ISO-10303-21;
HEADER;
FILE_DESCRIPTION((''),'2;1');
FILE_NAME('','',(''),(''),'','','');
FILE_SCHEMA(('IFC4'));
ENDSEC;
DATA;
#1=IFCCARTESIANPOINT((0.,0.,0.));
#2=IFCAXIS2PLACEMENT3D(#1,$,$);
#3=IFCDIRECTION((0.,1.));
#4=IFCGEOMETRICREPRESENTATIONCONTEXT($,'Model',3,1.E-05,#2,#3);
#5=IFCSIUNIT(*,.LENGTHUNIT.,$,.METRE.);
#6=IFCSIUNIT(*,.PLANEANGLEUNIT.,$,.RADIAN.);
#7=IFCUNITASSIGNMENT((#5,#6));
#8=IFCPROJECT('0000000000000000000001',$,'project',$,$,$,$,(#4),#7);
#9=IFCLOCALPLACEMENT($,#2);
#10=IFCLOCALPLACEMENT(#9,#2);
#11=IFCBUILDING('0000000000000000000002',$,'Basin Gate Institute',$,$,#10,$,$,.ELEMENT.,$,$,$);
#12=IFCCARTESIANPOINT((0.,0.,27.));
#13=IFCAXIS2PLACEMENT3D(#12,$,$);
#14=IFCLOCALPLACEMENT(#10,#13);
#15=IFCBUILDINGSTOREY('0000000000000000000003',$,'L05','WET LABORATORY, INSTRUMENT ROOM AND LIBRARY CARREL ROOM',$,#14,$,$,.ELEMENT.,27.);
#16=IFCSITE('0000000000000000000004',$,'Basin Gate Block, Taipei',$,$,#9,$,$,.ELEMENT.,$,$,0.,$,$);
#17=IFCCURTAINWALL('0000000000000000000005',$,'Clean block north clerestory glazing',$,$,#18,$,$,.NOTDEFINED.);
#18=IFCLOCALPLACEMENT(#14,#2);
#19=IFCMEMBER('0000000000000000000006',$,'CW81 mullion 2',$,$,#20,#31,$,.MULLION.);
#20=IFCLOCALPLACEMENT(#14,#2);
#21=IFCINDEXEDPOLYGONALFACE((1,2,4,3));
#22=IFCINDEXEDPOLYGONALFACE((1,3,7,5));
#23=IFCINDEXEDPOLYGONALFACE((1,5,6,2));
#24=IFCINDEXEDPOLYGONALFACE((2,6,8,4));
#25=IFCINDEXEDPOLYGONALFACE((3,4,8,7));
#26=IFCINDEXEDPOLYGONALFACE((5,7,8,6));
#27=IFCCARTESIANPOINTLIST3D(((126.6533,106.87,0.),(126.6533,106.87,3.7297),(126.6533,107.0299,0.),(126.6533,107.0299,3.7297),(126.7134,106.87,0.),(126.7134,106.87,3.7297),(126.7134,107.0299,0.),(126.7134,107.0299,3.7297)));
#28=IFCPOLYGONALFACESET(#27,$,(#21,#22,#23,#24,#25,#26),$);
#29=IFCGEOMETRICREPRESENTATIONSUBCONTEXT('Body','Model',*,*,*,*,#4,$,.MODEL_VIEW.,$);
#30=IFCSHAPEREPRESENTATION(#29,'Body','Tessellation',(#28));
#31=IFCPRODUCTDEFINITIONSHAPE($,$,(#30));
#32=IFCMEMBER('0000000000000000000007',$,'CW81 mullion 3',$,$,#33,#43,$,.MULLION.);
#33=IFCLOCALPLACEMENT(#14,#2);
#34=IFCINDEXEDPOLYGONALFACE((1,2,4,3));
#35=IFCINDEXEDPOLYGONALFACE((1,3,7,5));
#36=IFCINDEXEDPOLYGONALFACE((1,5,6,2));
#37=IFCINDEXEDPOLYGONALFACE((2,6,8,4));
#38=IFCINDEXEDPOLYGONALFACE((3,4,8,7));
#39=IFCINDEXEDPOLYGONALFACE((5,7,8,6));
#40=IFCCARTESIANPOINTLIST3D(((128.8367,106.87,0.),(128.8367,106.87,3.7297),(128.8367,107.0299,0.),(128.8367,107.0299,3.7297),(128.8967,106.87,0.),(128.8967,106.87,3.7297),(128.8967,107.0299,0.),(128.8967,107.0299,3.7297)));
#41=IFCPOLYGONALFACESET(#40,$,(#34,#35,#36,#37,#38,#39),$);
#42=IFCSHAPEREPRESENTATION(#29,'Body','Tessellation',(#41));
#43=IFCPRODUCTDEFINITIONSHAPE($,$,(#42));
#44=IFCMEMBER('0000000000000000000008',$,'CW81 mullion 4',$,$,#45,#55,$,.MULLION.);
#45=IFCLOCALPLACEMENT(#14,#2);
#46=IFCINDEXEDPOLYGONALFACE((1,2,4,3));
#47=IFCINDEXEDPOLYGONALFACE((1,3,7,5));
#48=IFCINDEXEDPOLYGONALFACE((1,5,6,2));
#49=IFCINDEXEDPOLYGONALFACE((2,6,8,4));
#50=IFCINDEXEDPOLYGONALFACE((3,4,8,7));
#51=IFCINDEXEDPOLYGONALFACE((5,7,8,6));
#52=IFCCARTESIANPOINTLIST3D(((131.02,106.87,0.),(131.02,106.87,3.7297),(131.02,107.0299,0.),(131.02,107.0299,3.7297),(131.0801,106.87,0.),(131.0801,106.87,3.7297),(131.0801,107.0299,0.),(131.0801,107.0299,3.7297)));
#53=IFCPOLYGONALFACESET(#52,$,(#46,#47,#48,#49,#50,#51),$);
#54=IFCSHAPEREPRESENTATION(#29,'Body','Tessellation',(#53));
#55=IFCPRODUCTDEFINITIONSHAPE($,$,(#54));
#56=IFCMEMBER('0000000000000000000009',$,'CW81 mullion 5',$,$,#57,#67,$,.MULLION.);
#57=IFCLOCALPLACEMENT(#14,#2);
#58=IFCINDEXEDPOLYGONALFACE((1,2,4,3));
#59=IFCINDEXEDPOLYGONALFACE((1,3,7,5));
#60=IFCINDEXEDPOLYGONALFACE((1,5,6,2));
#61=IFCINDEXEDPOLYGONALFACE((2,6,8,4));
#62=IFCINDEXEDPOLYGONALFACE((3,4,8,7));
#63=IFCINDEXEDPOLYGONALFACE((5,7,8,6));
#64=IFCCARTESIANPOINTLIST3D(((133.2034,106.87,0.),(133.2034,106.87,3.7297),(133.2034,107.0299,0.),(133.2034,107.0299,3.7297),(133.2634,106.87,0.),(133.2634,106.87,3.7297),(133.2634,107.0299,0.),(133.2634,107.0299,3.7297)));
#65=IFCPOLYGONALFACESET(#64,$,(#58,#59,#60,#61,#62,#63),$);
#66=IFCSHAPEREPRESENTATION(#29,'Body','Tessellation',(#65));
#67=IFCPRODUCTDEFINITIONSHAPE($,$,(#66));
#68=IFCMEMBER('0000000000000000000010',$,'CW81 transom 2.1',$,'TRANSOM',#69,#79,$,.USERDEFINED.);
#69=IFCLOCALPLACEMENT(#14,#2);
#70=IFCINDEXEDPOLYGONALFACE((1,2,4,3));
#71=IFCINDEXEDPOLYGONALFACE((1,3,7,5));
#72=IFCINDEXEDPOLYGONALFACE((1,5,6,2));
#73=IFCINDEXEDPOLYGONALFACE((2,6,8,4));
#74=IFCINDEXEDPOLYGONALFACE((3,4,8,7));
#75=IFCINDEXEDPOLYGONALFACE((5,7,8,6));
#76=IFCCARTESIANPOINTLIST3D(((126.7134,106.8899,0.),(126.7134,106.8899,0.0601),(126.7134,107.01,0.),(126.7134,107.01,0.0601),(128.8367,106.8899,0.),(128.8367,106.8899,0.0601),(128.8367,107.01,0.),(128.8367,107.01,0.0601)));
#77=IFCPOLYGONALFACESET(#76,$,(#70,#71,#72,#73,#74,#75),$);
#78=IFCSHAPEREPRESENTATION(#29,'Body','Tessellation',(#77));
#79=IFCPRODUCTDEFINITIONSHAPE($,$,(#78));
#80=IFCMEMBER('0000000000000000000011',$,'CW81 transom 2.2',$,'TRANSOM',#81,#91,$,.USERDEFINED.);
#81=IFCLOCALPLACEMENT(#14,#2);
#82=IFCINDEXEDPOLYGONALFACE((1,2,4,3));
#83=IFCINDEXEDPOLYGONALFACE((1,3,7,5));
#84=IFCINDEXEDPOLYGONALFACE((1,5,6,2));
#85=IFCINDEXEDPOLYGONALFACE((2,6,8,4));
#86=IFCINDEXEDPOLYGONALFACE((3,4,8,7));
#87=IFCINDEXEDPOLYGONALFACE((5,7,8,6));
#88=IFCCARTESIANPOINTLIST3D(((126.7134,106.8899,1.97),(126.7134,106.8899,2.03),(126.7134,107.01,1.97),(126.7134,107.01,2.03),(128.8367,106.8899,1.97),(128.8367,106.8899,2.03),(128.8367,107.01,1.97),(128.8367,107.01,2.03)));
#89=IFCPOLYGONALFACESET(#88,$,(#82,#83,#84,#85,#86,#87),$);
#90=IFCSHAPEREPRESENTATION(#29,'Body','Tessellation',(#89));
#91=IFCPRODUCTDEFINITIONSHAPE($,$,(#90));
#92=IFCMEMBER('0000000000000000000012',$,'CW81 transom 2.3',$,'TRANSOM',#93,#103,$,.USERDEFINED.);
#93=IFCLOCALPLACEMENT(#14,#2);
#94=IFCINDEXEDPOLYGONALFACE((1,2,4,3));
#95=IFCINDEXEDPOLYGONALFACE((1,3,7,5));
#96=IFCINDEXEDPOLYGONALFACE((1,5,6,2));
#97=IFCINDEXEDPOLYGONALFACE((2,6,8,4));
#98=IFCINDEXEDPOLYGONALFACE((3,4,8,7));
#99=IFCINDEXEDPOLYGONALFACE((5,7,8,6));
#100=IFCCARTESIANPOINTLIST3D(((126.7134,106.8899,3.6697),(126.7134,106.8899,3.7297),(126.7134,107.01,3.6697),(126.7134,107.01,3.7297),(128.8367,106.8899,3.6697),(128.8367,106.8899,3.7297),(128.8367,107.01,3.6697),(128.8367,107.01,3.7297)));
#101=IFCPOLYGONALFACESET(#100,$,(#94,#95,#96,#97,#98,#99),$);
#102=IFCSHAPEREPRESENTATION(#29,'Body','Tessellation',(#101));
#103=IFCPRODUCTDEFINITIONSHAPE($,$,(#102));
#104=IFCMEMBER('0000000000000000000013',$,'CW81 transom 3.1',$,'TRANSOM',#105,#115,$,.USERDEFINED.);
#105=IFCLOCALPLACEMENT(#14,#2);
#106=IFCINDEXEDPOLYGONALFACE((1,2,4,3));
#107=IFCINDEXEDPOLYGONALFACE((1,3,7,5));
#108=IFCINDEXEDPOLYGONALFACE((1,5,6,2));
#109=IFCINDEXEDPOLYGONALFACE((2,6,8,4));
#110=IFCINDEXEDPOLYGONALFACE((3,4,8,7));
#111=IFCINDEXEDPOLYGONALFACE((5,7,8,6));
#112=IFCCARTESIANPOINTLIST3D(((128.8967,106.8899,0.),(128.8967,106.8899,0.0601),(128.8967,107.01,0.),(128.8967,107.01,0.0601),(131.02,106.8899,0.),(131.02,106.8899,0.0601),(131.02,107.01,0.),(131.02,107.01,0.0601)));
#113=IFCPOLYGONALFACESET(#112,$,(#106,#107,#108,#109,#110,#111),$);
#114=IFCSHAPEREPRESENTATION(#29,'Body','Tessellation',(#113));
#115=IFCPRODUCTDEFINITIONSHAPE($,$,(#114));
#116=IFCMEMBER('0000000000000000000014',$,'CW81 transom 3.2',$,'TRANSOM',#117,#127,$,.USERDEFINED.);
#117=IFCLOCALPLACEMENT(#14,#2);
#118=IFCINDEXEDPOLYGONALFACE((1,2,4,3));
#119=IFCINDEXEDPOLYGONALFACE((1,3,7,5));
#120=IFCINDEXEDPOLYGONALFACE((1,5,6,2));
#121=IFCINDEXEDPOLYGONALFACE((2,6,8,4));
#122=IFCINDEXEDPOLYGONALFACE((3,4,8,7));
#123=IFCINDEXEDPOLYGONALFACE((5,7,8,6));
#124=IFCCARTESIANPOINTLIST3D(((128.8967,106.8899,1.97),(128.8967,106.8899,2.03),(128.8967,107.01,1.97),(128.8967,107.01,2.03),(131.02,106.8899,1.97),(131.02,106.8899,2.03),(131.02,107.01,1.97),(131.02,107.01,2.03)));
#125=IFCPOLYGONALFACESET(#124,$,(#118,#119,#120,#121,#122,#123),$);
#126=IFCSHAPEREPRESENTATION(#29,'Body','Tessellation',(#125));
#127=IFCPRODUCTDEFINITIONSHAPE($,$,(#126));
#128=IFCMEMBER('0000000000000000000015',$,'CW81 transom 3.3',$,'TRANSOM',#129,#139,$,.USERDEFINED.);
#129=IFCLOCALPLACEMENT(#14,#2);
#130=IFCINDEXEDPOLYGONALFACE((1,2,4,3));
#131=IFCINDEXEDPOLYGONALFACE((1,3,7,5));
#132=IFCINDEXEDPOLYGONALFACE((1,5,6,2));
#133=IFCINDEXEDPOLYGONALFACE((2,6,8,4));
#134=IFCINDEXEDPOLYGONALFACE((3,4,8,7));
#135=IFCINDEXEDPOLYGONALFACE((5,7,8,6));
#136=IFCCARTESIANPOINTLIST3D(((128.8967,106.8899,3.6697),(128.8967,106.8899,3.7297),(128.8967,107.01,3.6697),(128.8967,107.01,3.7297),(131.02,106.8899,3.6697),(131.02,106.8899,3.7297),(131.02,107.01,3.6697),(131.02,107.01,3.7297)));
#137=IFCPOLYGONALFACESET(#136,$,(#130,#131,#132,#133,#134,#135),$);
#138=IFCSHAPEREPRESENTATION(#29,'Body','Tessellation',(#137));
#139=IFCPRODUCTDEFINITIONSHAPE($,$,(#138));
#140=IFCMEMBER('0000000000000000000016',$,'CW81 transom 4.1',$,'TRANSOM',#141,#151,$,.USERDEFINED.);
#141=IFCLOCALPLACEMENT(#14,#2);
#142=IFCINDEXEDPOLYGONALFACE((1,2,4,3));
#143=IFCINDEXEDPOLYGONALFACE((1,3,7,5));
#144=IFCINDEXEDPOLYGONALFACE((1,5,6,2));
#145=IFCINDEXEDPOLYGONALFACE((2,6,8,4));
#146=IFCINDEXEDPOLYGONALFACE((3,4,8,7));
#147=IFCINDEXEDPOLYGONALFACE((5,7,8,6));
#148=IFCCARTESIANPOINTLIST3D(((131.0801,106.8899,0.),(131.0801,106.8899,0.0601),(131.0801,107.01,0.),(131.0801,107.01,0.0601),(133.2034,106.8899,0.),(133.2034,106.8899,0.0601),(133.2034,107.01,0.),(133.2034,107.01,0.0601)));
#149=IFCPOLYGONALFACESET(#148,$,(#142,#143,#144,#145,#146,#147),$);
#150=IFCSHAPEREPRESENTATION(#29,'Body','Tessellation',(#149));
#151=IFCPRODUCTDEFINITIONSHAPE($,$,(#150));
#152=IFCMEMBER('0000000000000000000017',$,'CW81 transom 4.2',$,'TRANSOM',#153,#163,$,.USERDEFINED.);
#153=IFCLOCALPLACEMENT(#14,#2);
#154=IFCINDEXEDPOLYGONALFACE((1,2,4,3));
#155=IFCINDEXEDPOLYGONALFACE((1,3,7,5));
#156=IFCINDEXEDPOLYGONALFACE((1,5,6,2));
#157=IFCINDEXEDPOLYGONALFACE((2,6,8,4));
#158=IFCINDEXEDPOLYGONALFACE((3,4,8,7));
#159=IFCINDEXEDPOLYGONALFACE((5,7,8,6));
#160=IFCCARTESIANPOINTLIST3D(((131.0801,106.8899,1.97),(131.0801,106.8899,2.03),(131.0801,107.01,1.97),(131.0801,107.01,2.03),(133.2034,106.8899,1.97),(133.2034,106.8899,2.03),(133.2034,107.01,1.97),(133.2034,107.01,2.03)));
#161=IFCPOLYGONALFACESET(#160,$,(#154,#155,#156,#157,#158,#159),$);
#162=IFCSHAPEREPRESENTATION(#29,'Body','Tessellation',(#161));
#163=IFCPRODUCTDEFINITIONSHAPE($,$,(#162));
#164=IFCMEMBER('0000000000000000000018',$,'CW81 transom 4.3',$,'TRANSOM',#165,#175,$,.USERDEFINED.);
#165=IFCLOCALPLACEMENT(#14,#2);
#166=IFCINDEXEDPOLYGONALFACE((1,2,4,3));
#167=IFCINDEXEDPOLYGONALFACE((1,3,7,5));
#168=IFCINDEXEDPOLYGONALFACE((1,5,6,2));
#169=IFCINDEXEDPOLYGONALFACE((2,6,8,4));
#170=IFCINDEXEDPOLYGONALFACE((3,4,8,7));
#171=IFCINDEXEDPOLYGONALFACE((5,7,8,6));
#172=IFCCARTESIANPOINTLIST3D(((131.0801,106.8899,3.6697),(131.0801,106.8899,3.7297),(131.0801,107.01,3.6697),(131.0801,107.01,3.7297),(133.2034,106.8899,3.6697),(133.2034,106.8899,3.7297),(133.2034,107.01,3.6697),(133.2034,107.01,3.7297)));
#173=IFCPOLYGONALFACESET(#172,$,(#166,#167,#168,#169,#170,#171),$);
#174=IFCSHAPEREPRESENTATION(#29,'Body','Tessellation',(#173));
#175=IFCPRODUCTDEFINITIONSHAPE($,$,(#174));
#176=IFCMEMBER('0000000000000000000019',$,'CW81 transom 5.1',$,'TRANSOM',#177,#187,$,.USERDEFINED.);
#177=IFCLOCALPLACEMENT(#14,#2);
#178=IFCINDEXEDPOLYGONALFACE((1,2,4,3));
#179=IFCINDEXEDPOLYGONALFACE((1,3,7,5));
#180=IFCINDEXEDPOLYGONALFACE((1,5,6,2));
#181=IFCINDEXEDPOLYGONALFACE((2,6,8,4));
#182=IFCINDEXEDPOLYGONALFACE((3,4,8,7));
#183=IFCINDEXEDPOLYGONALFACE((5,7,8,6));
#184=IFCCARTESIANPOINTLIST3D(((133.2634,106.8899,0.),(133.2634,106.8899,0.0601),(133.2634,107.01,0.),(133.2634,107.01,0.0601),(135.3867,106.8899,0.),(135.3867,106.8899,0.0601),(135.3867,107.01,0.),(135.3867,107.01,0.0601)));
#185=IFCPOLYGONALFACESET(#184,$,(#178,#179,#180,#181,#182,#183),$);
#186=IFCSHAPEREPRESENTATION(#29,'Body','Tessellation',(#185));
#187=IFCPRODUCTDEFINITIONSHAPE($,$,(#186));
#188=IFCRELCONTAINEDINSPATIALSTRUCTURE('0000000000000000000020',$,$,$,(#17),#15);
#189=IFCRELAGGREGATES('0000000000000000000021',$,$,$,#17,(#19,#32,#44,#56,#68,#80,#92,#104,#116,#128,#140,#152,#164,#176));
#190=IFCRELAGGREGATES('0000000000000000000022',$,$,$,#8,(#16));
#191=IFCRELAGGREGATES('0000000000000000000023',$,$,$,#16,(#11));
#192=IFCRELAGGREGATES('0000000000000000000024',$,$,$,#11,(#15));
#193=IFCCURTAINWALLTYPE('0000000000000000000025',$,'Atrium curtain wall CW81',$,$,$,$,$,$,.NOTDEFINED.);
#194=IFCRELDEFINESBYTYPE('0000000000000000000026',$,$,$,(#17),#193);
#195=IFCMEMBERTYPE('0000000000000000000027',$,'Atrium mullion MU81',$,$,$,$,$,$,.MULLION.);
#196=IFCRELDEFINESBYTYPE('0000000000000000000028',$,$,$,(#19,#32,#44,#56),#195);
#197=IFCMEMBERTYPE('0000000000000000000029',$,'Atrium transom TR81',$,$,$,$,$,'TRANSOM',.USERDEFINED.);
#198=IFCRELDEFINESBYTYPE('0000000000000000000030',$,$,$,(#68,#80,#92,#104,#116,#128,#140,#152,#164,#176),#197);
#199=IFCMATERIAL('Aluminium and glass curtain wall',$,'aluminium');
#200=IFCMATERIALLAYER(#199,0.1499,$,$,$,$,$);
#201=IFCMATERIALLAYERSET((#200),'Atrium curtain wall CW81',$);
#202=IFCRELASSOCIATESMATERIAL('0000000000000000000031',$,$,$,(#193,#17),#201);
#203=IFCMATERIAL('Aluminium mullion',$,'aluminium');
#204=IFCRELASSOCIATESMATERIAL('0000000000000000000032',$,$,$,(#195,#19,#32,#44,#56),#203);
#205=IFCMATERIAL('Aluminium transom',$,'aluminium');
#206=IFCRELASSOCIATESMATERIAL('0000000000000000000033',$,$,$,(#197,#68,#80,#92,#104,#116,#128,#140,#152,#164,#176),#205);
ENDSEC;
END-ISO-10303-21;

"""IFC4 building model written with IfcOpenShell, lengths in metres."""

from ifc_helpers import new_model, si_unit, direction, frame, origin, origin_2d, place, context, subcontext, project, spatial, rectangle, extrude, material, layer, layer_set, material_profile, profile_set, type_object, element, aggregate, save


model = new_model("IFC4")

# Units and contexts
model_context = context("Model", 3, precision=1e-05, world=origin(), true_north=direction((0.0, 1.0)))
body_context = subcontext(model_context, "Body", "Model", "MODEL_VIEW")
ifc_project = project(units=[si_unit("LENGTHUNIT", "METRE"), si_unit("PLANEANGLEUNIT", "RADIAN")], contexts=[model_context])

# Site, building, storey
site_placement = place(None, origin())
site = spatial("IfcSite", under=ifc_project, at=site_placement, Name="Basin Gate Block, Taipei", CompositionType="ELEMENT", RefElevation=0.0)
building_placement = place(site_placement, origin())
building = spatial("IfcBuilding", under=site, at=building_placement, Name="Basin Gate Institute", CompositionType="ELEMENT")
storey_placement = place(building_placement, frame((0.0, 0.0, 27.0)))
storey = spatial("IfcBuildingStorey", under=building, at=storey_placement, Name="L05", Description="WET LABORATORY, INSTRUMENT ROOM AND LIBRARY CARREL ROOM", CompositionType="ELEMENT", Elevation=27.0)

# Curtain wall, members
ifc_material_1 = material(Name="Aluminium and glass curtain wall", Category="aluminium")
ifc_layer_1 = layer(ifc_material_1, 0.1499)
ifc_layer_set_1 = layer_set([ifc_layer_1], Name="Atrium curtain wall CW81")
curtain_wall_type = type_object("IfcCurtainWallType", Name="Atrium curtain wall CW81", PredefinedType="NOTDEFINED", material=ifc_layer_set_1)
curtain_wall_placement = place(storey_placement, origin())
curtain_wall = element("IfcCurtainWall", 1, at=curtain_wall_placement, inside=storey, type_object=curtain_wall_type, material=ifc_layer_set_1, Name="Clean block north clerestory glazing", PredefinedType="NOTDEFINED")
ifc_material_2 = material(Name="Aluminium mullion", Category="aluminium")
ifc_material_profile_1 = material_profile(ifc_material_2, rectangle(XDim=0.1599, YDim=0.0601, at=origin_2d()), Name="Atrium mullion MU81 160 x 60")
ifc_profile_set_1 = profile_set([ifc_material_profile_1], Name="Aluminium mullion")
member_type_1 = type_object("IfcMemberType", Name="Atrium mullion MU81", PredefinedType="MULLION", material=ifc_profile_set_1)
member_1_placement = place(storey_placement, frame((126.6833, 106.95, 0.0), z_axis=(0.0, 0.0, 1.0), x_axis=(0.0, 1.0, 0.0)))
member_1 = element("IfcMember", 2, at=member_1_placement, type_object=member_type_1, material=ifc_profile_set_1, Name="CW81 mullion 2", PredefinedType="MULLION", context=body_context, shape_type="SweptSolid", body=[
    extrude(rectangle(XDim=0.1599, YDim=0.0601, at=origin_2d()), origin(), (0.0, 0.0, 1.0), 3.7297),
])
member_2_placement = place(storey_placement, frame((128.8667, 106.95, 0.0), z_axis=(0.0, 0.0, 1.0), x_axis=(0.0, 1.0, 0.0)))
member_2 = element("IfcMember", 3, at=member_2_placement, type_object=member_type_1, material=ifc_profile_set_1, Name="CW81 mullion 3", PredefinedType="MULLION", context=body_context, shape_type="SweptSolid", body=[
    extrude(rectangle(XDim=0.1599, YDim=0.0601, at=origin_2d()), origin(), (0.0, 0.0, 1.0), 3.7297),
])
member_3_placement = place(storey_placement, frame((131.05, 106.95, 0.0), z_axis=(0.0, 0.0, 1.0), x_axis=(0.0, 1.0, 0.0)))
member_3 = element("IfcMember", 4, at=member_3_placement, type_object=member_type_1, material=ifc_profile_set_1, Name="CW81 mullion 4", PredefinedType="MULLION", context=body_context, shape_type="SweptSolid", body=[
    extrude(rectangle(XDim=0.1599, YDim=0.0601, at=origin_2d()), origin(), (0.0, 0.0, 1.0), 3.7297),
])
member_4_placement = place(storey_placement, frame((133.2334, 106.95, 0.0), z_axis=(0.0, 0.0, 1.0), x_axis=(0.0, 1.0, 0.0)))
member_4 = element("IfcMember", 5, at=member_4_placement, type_object=member_type_1, material=ifc_profile_set_1, Name="CW81 mullion 5", PredefinedType="MULLION", context=body_context, shape_type="SweptSolid", body=[
    extrude(rectangle(XDim=0.1599, YDim=0.0601, at=origin_2d()), origin(), (0.0, 0.0, 1.0), 3.7297),
])
ifc_material_3 = material(Name="Aluminium transom", Category="aluminium")
ifc_material_profile_2 = material_profile(ifc_material_3, rectangle(XDim=0.1201, YDim=0.0601, at=origin_2d()), Name="Atrium transom TR81 120 x 60")
ifc_profile_set_2 = profile_set([ifc_material_profile_2], Name="Aluminium transom")
member_type_2 = type_object("IfcMemberType", Name="Atrium transom TR81", ElementType="TRANSOM", PredefinedType="USERDEFINED", material=ifc_profile_set_2)
member_5_placement = place(storey_placement, frame((126.7134, 106.95, 0.03), z_axis=(1.0, 0.0, 0.0), x_axis=(0.0, 1.0, 0.0)))
member_5 = element("IfcMember", 6, at=member_5_placement, type_object=member_type_2, material=ifc_profile_set_2, Name="CW81 transom 2.1", ObjectType="TRANSOM", PredefinedType="USERDEFINED", context=body_context, shape_type="SweptSolid", body=[
    extrude(rectangle(XDim=0.1201, YDim=0.0601, at=origin_2d()), origin(), (0.0, 0.0, 1.0), 2.1233),
])
member_6_placement = place(storey_placement, frame((126.7134, 106.95, 2.0), z_axis=(1.0, 0.0, 0.0), x_axis=(0.0, 1.0, 0.0)))
member_6 = element("IfcMember", 7, at=member_6_placement, type_object=member_type_2, material=ifc_profile_set_2, Name="CW81 transom 2.2", ObjectType="TRANSOM", PredefinedType="USERDEFINED", context=body_context, shape_type="SweptSolid", body=[
    extrude(rectangle(XDim=0.1201, YDim=0.0601, at=origin_2d()), origin(), (0.0, 0.0, 1.0), 2.1233),
])
member_7_placement = place(storey_placement, frame((126.7134, 106.95, 3.6997), z_axis=(1.0, 0.0, 0.0), x_axis=(0.0, 1.0, 0.0)))
member_7 = element("IfcMember", 8, at=member_7_placement, type_object=member_type_2, material=ifc_profile_set_2, Name="CW81 transom 2.3", ObjectType="TRANSOM", PredefinedType="USERDEFINED", context=body_context, shape_type="SweptSolid", body=[
    extrude(rectangle(XDim=0.1201, YDim=0.0601, at=origin_2d()), origin(), (0.0, 0.0, 1.0), 2.1233),
])
member_8_placement = place(storey_placement, frame((128.8967, 106.95, 0.03), z_axis=(1.0, 0.0, 0.0), x_axis=(0.0, 1.0, 0.0)))
member_8 = element("IfcMember", 9, at=member_8_placement, type_object=member_type_2, material=ifc_profile_set_2, Name="CW81 transom 3.1", ObjectType="TRANSOM", PredefinedType="USERDEFINED", context=body_context, shape_type="SweptSolid", body=[
    extrude(rectangle(XDim=0.1201, YDim=0.0601, at=origin_2d()), origin(), (0.0, 0.0, 1.0), 2.1233),
])
member_9_placement = place(storey_placement, frame((128.8967, 106.95, 2.0), z_axis=(1.0, 0.0, 0.0), x_axis=(0.0, 1.0, 0.0)))
member_9 = element("IfcMember", 10, at=member_9_placement, type_object=member_type_2, material=ifc_profile_set_2, Name="CW81 transom 3.2", ObjectType="TRANSOM", PredefinedType="USERDEFINED", context=body_context, shape_type="SweptSolid", body=[
    extrude(rectangle(XDim=0.1201, YDim=0.0601, at=origin_2d()), origin(), (0.0, 0.0, 1.0), 2.1233),
])
member_10_placement = place(storey_placement, frame((128.8967, 106.95, 3.6997), z_axis=(1.0, 0.0, 0.0), x_axis=(0.0, 1.0, 0.0)))
member_10 = element("IfcMember", 11, at=member_10_placement, type_object=member_type_2, material=ifc_profile_set_2, Name="CW81 transom 3.3", ObjectType="TRANSOM", PredefinedType="USERDEFINED", context=body_context, shape_type="SweptSolid", body=[
    extrude(rectangle(XDim=0.1201, YDim=0.0601, at=origin_2d()), origin(), (0.0, 0.0, 1.0), 2.1233),
])
member_11_placement = place(storey_placement, frame((131.0801, 106.95, 0.03), z_axis=(1.0, 0.0, 0.0), x_axis=(0.0, 1.0, 0.0)))
member_11 = element("IfcMember", 12, at=member_11_placement, type_object=member_type_2, material=ifc_profile_set_2, Name="CW81 transom 4.1", ObjectType="TRANSOM", PredefinedType="USERDEFINED", context=body_context, shape_type="SweptSolid", body=[
    extrude(rectangle(XDim=0.1201, YDim=0.0601, at=origin_2d()), origin(), (0.0, 0.0, 1.0), 2.1233),
])
member_12_placement = place(storey_placement, frame((131.0801, 106.95, 2.0), z_axis=(1.0, 0.0, 0.0), x_axis=(0.0, 1.0, 0.0)))
member_12 = element("IfcMember", 13, at=member_12_placement, type_object=member_type_2, material=ifc_profile_set_2, Name="CW81 transom 4.2", ObjectType="TRANSOM", PredefinedType="USERDEFINED", context=body_context, shape_type="SweptSolid", body=[
    extrude(rectangle(XDim=0.1201, YDim=0.0601, at=origin_2d()), origin(), (0.0, 0.0, 1.0), 2.1233),
])
member_13_placement = place(storey_placement, frame((131.0801, 106.95, 3.6997), z_axis=(1.0, 0.0, 0.0), x_axis=(0.0, 1.0, 0.0)))
member_13 = element("IfcMember", 14, at=member_13_placement, type_object=member_type_2, material=ifc_profile_set_2, Name="CW81 transom 4.3", ObjectType="TRANSOM", PredefinedType="USERDEFINED", context=body_context, shape_type="SweptSolid", body=[
    extrude(rectangle(XDim=0.1201, YDim=0.0601, at=origin_2d()), origin(), (0.0, 0.0, 1.0), 2.1233),
])
member_14_placement = place(storey_placement, frame((133.2634, 106.95, 0.03), z_axis=(1.0, 0.0, 0.0), x_axis=(0.0, 1.0, 0.0)))
member_14 = element("IfcMember", 15, at=member_14_placement, type_object=member_type_2, material=ifc_profile_set_2, Name="CW81 transom 5.1", ObjectType="TRANSOM", PredefinedType="USERDEFINED", context=body_context, shape_type="SweptSolid", body=[
    extrude(rectangle(XDim=0.1201, YDim=0.0601, at=origin_2d()), origin(), (0.0, 0.0, 1.0), 2.1233),
])
aggregate(curtain_wall, [member_1, member_2, member_3, member_4, member_5, member_6, member_7, member_8, member_9, member_10, member_11, member_12, member_13, member_14])

save(model, "model.ifc")
